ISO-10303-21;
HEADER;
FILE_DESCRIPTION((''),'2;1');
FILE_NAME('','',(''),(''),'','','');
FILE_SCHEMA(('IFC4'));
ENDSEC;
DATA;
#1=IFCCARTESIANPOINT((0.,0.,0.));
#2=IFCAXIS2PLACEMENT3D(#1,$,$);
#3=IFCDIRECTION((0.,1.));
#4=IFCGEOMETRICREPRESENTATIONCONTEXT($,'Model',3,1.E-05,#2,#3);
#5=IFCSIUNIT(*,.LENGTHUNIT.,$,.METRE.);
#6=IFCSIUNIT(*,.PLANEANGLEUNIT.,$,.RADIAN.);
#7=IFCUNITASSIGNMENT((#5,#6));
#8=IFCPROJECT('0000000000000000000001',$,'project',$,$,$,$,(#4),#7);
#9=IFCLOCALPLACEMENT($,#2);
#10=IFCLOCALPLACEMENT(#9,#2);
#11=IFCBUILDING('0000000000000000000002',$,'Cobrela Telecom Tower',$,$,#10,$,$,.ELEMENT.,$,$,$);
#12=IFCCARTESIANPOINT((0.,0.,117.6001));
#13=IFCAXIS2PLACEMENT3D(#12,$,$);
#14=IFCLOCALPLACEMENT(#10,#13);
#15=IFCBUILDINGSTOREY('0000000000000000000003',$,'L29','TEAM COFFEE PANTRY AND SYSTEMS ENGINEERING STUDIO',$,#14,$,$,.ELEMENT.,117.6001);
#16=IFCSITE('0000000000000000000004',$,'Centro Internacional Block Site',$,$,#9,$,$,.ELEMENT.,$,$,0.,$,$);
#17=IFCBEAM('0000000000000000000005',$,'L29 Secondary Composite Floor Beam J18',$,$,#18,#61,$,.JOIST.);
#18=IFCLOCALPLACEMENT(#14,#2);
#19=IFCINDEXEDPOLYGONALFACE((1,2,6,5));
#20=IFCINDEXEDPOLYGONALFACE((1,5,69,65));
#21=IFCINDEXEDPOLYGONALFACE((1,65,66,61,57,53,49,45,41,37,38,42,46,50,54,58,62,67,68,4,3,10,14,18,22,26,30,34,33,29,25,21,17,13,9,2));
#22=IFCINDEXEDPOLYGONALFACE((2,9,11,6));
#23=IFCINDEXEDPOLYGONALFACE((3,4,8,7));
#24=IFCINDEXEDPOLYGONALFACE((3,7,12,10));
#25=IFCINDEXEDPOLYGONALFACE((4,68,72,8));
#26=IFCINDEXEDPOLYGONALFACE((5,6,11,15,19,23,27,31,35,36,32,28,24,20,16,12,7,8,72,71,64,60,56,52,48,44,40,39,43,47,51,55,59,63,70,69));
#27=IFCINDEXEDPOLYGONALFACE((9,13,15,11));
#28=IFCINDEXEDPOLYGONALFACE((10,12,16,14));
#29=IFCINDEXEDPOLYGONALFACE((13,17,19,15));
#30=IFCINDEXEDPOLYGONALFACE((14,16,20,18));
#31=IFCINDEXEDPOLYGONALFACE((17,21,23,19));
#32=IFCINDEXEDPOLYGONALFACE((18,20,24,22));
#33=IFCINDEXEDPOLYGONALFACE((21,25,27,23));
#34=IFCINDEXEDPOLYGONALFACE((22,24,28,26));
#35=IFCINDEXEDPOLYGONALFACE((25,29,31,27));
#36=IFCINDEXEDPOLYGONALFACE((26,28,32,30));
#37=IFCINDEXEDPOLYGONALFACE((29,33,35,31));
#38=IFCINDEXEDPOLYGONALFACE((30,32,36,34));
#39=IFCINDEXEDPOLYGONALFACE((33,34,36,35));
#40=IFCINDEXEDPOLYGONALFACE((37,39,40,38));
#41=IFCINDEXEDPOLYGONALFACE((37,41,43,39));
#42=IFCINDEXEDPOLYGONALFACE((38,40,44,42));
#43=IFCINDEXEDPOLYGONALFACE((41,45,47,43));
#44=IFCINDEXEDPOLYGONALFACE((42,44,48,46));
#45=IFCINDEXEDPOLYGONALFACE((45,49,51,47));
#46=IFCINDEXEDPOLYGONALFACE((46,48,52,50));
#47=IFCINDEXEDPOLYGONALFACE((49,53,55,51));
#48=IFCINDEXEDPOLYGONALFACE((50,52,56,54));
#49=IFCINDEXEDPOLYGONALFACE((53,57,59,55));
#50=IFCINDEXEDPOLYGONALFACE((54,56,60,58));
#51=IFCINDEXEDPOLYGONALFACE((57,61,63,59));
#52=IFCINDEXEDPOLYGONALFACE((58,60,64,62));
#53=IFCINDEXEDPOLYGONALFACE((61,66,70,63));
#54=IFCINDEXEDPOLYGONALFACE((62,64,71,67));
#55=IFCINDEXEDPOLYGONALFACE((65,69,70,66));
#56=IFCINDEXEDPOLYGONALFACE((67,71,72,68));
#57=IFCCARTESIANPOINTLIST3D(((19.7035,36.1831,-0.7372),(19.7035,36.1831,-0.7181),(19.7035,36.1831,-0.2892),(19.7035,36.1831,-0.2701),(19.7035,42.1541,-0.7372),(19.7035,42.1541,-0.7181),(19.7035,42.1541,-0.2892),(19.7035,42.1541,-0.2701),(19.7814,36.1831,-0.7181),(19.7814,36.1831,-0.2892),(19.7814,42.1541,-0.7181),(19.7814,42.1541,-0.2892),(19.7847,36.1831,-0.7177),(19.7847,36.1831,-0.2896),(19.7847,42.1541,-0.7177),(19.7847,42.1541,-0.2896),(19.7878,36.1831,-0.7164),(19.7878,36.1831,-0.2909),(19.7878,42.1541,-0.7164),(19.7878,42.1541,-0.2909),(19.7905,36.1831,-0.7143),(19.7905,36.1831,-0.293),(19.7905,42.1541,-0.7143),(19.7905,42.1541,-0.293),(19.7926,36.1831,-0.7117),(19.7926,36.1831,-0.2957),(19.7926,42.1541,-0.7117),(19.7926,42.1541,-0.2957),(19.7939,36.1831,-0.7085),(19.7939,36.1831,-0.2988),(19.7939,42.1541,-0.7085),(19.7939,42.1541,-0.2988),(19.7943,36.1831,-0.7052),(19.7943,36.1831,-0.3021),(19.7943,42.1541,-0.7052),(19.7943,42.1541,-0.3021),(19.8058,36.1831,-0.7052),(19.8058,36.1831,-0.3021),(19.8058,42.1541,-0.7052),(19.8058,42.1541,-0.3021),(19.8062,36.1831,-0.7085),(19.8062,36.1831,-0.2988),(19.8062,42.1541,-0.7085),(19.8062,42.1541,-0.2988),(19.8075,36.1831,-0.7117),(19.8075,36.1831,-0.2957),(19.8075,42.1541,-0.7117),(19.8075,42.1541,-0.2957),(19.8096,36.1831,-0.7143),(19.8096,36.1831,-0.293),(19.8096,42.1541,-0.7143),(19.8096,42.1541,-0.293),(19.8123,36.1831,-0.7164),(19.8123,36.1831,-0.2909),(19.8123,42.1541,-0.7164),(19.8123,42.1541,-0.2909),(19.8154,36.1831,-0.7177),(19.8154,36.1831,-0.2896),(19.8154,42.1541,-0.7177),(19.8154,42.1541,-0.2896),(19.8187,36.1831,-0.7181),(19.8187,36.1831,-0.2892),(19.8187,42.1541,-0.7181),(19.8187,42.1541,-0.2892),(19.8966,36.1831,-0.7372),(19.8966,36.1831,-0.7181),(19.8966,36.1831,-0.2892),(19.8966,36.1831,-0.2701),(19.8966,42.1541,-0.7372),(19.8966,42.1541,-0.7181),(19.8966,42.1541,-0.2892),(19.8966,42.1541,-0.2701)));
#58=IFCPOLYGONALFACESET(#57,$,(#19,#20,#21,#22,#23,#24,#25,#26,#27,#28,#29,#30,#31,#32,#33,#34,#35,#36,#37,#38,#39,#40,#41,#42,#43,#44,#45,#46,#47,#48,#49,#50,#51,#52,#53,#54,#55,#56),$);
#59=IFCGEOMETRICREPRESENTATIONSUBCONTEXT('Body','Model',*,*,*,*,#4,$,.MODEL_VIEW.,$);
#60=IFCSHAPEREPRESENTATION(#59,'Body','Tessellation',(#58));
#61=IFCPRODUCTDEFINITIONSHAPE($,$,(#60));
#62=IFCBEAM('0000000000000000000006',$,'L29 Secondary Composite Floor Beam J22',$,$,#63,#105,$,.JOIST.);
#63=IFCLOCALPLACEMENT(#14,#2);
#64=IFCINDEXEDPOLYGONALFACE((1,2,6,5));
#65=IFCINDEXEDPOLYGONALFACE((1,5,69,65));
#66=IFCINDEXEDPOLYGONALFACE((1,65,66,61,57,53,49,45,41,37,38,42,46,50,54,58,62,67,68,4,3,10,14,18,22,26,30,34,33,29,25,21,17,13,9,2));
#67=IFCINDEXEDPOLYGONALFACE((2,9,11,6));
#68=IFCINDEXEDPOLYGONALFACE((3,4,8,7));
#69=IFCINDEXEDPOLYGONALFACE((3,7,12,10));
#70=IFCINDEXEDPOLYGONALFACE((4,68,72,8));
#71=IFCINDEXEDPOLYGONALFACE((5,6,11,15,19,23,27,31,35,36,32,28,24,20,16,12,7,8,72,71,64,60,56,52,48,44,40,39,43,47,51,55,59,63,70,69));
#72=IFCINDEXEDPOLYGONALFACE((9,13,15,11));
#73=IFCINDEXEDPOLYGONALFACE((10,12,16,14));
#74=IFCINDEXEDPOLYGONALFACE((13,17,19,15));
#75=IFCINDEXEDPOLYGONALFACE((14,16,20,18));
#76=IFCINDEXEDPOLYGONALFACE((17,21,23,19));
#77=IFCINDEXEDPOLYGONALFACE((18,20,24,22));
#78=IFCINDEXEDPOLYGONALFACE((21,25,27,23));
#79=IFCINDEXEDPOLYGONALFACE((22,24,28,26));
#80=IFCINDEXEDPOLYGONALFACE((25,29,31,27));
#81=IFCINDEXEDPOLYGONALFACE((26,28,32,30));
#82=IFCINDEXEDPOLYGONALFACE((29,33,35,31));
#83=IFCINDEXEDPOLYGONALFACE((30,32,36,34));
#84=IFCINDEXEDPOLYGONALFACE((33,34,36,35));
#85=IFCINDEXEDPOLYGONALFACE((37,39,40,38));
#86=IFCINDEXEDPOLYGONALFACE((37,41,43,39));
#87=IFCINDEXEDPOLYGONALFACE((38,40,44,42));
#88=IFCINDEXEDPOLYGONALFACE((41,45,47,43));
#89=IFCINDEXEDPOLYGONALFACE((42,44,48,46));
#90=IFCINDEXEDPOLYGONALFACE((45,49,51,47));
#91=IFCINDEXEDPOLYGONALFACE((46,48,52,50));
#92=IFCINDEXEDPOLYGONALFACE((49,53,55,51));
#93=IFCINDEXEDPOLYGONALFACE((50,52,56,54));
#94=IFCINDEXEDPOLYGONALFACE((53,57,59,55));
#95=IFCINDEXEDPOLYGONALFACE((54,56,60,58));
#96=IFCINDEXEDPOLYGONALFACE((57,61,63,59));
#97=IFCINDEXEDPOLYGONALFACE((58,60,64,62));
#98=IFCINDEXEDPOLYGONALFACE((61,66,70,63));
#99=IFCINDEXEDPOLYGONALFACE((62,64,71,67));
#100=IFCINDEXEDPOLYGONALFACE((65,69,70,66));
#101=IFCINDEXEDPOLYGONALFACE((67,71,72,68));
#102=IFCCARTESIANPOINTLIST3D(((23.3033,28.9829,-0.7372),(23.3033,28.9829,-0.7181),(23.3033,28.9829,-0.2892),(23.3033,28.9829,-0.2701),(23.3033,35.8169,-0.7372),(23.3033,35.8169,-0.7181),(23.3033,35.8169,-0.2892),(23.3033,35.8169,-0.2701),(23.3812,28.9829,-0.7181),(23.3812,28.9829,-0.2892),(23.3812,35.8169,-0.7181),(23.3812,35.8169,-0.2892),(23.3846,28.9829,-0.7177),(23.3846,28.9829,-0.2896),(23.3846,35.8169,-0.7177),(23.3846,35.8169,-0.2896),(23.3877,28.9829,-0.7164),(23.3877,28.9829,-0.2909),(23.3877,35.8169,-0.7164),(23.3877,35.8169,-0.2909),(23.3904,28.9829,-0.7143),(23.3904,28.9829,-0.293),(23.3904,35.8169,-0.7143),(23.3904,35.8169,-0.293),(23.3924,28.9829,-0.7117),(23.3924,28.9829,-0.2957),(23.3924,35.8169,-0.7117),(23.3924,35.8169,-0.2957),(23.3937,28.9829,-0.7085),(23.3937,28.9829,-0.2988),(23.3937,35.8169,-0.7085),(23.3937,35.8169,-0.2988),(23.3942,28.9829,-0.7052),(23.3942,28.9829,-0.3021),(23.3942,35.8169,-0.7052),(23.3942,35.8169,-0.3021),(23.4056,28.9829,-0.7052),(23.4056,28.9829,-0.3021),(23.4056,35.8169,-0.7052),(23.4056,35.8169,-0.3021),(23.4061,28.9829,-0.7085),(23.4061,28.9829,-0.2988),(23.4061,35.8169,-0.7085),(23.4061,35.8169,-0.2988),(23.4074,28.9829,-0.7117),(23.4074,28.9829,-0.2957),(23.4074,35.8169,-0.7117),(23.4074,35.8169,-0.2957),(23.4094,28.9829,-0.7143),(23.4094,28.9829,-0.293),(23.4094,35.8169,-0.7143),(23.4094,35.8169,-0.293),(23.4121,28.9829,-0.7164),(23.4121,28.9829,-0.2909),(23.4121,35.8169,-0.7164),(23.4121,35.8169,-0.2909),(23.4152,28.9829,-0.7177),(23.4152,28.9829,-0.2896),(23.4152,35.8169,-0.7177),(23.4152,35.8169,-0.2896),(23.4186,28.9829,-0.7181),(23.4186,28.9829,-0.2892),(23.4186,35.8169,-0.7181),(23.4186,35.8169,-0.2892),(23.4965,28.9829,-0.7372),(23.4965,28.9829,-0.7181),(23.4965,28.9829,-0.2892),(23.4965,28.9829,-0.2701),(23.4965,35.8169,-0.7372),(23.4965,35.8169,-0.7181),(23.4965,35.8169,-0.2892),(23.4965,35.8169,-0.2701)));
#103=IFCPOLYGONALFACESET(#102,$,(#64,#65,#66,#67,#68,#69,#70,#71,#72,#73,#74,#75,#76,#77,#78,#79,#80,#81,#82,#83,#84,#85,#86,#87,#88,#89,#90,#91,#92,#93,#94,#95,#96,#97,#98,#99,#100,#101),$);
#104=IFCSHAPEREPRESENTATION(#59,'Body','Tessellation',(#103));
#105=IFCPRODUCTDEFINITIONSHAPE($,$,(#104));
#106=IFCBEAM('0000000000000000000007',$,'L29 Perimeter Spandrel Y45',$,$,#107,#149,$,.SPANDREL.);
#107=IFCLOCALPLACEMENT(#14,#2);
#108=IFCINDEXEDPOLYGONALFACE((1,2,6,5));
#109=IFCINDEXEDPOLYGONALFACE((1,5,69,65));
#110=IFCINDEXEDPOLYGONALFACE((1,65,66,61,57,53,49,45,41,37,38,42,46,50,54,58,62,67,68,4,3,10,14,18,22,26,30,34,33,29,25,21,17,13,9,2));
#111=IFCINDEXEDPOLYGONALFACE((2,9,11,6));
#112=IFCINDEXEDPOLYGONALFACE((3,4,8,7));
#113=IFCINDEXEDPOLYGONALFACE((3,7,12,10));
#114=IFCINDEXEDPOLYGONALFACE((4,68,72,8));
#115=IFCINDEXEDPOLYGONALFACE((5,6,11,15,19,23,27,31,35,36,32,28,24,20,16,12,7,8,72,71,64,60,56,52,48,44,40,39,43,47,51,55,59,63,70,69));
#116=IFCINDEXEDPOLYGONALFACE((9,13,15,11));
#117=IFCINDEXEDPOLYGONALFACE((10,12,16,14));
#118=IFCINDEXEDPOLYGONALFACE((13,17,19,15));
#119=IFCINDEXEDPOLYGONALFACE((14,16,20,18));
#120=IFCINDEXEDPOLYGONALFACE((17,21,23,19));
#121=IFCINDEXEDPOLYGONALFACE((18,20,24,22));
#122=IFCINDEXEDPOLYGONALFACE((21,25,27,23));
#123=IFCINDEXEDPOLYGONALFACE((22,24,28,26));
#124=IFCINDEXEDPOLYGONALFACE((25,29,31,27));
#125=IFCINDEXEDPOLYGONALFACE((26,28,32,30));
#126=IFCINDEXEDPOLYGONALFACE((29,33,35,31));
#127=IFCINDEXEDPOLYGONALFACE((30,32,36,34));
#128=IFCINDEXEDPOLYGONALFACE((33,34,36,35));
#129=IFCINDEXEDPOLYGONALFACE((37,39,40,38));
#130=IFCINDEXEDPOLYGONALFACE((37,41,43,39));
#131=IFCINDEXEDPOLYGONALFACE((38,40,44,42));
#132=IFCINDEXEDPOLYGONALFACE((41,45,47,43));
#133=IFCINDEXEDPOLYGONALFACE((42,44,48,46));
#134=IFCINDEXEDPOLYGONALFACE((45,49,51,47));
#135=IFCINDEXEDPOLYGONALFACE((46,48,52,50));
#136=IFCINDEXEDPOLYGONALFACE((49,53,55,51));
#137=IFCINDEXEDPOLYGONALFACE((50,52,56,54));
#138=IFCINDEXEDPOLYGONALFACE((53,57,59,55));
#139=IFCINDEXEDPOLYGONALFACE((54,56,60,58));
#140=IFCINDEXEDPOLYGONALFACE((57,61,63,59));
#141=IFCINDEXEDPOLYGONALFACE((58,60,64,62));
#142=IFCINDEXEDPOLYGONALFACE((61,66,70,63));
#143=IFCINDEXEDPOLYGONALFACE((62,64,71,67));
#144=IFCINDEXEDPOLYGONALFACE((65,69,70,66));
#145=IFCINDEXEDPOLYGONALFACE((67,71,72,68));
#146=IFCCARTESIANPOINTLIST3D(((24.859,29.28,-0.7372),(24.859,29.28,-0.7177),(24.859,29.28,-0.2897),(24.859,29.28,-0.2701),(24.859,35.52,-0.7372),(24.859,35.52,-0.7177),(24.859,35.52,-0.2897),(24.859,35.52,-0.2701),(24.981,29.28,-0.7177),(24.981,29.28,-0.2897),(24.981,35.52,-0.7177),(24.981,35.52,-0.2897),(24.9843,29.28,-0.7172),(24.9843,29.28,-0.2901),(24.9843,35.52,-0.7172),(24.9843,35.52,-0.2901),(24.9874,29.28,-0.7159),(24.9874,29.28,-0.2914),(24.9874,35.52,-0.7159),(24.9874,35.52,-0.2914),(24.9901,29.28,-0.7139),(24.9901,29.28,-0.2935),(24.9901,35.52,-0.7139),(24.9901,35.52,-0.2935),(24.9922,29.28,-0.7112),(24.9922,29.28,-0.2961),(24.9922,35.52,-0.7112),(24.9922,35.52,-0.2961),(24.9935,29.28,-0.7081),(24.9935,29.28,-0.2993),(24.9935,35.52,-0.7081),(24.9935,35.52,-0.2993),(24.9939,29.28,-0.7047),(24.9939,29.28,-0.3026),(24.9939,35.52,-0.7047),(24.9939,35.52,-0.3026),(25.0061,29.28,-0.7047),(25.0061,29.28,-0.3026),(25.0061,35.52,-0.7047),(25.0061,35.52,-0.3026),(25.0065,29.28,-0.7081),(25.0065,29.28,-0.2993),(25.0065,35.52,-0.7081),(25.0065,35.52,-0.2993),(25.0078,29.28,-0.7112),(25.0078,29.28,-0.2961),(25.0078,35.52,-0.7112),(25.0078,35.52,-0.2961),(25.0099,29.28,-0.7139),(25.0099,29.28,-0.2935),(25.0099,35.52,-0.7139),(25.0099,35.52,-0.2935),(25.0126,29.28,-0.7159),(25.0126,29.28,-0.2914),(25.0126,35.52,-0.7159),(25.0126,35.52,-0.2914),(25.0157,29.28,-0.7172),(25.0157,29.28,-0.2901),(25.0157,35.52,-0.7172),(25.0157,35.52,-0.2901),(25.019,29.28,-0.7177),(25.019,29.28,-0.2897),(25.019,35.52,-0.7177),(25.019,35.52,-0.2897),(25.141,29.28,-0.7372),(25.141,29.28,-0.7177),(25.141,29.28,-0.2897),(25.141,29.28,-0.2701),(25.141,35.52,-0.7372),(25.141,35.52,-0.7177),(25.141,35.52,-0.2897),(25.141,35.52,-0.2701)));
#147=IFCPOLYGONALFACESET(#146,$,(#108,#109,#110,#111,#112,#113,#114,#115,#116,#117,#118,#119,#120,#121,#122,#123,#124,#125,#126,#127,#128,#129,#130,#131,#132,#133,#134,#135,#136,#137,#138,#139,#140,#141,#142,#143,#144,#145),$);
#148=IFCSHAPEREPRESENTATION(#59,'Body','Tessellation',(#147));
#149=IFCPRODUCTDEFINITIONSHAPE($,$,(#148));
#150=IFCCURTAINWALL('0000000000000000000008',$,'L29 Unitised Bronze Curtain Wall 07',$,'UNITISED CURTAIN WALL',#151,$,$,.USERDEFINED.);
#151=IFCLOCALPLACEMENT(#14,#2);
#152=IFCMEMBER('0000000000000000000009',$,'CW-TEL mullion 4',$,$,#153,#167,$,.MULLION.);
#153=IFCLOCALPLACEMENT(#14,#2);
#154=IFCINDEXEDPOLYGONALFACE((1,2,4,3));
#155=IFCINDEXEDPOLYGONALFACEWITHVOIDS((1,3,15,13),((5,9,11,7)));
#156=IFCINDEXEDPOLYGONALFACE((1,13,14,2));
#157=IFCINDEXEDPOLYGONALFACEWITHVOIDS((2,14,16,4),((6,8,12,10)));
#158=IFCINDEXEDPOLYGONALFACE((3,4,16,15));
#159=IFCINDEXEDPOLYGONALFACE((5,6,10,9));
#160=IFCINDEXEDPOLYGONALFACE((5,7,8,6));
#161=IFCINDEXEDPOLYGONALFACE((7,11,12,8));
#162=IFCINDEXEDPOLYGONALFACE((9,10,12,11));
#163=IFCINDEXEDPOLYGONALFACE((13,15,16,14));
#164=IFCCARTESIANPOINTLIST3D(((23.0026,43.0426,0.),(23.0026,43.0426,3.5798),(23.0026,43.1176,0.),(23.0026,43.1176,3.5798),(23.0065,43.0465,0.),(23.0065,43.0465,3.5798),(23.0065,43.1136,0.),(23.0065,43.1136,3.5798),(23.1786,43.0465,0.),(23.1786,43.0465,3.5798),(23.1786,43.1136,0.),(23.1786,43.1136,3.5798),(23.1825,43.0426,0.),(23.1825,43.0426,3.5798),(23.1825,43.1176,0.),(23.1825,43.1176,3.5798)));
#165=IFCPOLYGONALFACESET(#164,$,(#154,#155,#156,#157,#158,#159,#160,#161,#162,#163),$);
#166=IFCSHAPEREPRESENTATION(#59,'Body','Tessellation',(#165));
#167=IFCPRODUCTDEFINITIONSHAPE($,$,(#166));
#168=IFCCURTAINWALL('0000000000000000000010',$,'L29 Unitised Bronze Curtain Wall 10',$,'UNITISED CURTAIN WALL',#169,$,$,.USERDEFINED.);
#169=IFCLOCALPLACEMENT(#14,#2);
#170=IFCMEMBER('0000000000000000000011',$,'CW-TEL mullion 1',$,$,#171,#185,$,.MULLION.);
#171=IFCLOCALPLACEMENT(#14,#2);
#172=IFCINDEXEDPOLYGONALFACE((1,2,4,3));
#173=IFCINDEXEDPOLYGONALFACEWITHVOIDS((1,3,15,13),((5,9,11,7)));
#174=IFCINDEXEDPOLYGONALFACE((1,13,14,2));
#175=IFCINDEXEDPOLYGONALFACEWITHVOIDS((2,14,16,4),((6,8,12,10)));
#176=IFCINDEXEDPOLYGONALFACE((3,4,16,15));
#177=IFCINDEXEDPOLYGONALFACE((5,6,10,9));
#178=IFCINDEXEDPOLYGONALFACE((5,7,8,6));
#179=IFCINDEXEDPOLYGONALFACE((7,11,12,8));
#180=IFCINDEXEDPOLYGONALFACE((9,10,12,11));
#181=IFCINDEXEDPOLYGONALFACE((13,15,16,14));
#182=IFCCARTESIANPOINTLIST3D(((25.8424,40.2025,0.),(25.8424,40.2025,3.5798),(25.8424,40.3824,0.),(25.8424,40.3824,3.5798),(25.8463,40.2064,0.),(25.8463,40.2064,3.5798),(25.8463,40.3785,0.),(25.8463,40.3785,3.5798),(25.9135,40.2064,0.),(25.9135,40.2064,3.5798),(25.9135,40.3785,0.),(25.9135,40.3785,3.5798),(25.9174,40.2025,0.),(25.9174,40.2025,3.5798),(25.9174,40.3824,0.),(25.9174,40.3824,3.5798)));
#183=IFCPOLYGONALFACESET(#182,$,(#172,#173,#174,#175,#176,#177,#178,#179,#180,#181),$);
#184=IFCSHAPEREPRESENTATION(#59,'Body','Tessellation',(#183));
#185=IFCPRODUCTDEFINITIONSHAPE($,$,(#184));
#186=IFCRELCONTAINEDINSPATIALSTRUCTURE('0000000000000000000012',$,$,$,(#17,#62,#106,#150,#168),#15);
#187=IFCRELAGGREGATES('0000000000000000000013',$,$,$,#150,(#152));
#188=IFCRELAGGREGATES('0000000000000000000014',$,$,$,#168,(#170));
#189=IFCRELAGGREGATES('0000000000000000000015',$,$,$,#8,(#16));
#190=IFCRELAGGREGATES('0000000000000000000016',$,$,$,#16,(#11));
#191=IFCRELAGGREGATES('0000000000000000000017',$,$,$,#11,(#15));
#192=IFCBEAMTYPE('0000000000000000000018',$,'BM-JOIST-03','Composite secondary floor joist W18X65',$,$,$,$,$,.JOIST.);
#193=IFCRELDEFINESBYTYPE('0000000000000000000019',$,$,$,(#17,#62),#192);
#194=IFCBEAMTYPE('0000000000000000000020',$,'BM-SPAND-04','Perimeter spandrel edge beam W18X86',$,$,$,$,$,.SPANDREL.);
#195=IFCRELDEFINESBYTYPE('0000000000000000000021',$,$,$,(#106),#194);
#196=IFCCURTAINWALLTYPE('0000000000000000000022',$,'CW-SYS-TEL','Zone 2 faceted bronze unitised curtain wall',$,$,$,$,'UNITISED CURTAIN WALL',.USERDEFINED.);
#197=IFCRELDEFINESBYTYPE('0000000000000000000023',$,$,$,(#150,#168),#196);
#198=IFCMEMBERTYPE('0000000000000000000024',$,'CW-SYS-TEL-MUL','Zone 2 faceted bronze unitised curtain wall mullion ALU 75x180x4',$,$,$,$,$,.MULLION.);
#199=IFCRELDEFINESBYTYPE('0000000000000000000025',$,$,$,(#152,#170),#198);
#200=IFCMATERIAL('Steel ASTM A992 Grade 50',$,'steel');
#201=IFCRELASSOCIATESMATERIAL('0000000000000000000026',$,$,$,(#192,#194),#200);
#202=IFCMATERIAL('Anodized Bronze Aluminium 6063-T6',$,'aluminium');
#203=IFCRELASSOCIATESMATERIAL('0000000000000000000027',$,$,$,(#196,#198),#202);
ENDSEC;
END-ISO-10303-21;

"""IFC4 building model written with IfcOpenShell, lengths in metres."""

from ifc_helpers import new_model, si_unit, direction, frame, origin, origin_2d, place, context, subcontext, project, spatial, hollow_rectangle, i_section, extrude, material, material_profile, profile_set, type_object, element, aggregate, save


model = new_model("IFC4")

# Units and contexts
model_context = context("Model", 3, precision=1e-05, world=origin(), true_north=direction((0.0, 1.0)))
body_context = subcontext(model_context, "Body", "Model", "MODEL_VIEW")
ifc_project = project(units=[si_unit("LENGTHUNIT", "METRE"), si_unit("PLANEANGLEUNIT", "RADIAN")], contexts=[model_context])

# Site, building, storey
site_placement = place(None, origin())
site = spatial("IfcSite", under=ifc_project, at=site_placement, Name="Centro Internacional Block Site", CompositionType="ELEMENT", RefElevation=0.0)
building_placement = place(site_placement, origin())
building = spatial("IfcBuilding", under=site, at=building_placement, Name="Cobrela Telecom Tower", CompositionType="ELEMENT")
storey_placement = place(building_placement, frame((0.0, 0.0, 117.6001)))
storey = spatial("IfcBuildingStorey", under=building, at=storey_placement, Name="L29", Description="TEAM COFFEE PANTRY AND SYSTEMS ENGINEERING STUDIO", CompositionType="ELEMENT", Elevation=117.6001)

# Shared definitions
ifc_material_1 = material(Name="Steel ASTM A992 Grade 50", Category="steel")

# Beams
ifc_material_profile_1 = material_profile(ifc_material_1, i_section(OverallWidth=0.1931, OverallDepth=0.467, WebThickness=0.0115, FlangeThickness=0.019, FilletRadius=0.0129, at=origin_2d()), Name="W18X65")
ifc_profile_set_1 = profile_set([ifc_material_profile_1], Name="Steel ASTM A992 Grade 50")
beam_type_1 = type_object("IfcBeamType", Name="BM-JOIST-03", Description="Composite secondary floor joist W18X65", PredefinedType="JOIST", material=ifc_profile_set_1)
beam_1_placement = place(storey_placement, frame((19.8, 36.1831, -0.5037), z_axis=(0.0, 1.0, 0.0), x_axis=(-1.0, 0.0, 0.0)))
element("IfcBeam", 1, at=beam_1_placement, inside=storey, type_object=beam_type_1, Name="L29 Secondary Composite Floor Beam J18", PredefinedType="JOIST", context=body_context, shape_type="SweptSolid", body=[
    extrude(i_section(OverallWidth=0.1931, OverallDepth=0.467, WebThickness=0.0115, FlangeThickness=0.019, FilletRadius=0.0129, at=origin_2d()), origin(), (0.0, 0.0, 1.0), 5.9709),
])
beam_2_placement = place(storey_placement, frame((23.3999, 28.9829, -0.5037), z_axis=(0.0, 1.0, 0.0), x_axis=(-1.0, 0.0, 0.0)))
element("IfcBeam", 2, at=beam_2_placement, inside=storey, type_object=beam_type_1, Name="L29 Secondary Composite Floor Beam J22", PredefinedType="JOIST", context=body_context, shape_type="SweptSolid", body=[
    extrude(i_section(OverallWidth=0.1931, OverallDepth=0.467, WebThickness=0.0115, FlangeThickness=0.019, FilletRadius=0.0129, at=origin_2d()), origin(), (0.0, 0.0, 1.0), 6.834),
])
ifc_material_profile_2 = material_profile(ifc_material_1, i_section(OverallWidth=0.282, OverallDepth=0.467, WebThickness=0.0122, FlangeThickness=0.0195, FilletRadius=0.0129, at=origin_2d()), Name="W18X86")
ifc_profile_set_2 = profile_set([ifc_material_profile_2], Name="Steel ASTM A992 Grade 50")
beam_type_2 = type_object("IfcBeamType", Name="BM-SPAND-04", Description="Perimeter spandrel edge beam W18X86", PredefinedType="SPANDREL", material=ifc_profile_set_2)
beam_3_placement = place(storey_placement, frame((25.0, 29.28, -0.5037), z_axis=(0.0, 1.0, 0.0), x_axis=(-1.0, 0.0, 0.0)))
element("IfcBeam", 3, at=beam_3_placement, inside=storey, type_object=beam_type_2, Name="L29 Perimeter Spandrel Y45", PredefinedType="SPANDREL", context=body_context, shape_type="SweptSolid", body=[
    extrude(i_section(OverallWidth=0.282, OverallDepth=0.467, WebThickness=0.0122, FlangeThickness=0.0195, FilletRadius=0.0129, at=origin_2d()), origin(), (0.0, 0.0, 1.0), 6.24),
])

# Curtain wall, member
ifc_material_2 = material(Name="Anodized Bronze Aluminium 6063-T6", Category="aluminium")
curtain_wall_type = type_object("IfcCurtainWallType", Name="CW-SYS-TEL", Description="Zone 2 faceted bronze unitised curtain wall", ElementType="UNITISED CURTAIN WALL", PredefinedType="USERDEFINED", material=ifc_material_2)
curtain_wall_1_placement = place(storey_placement, origin())
curtain_wall_1 = element("IfcCurtainWall", 4, at=curtain_wall_1_placement, inside=storey, type_object=curtain_wall_type, Name="L29 Unitised Bronze Curtain Wall 07", ObjectType="UNITISED CURTAIN WALL", PredefinedType="USERDEFINED")
ifc_material_profile_3 = material_profile(ifc_material_2, hollow_rectangle(XDim=0.075, YDim=0.1799, WallThickness=0.0039, at=origin_2d()), Name="ALU 75x180x4")
ifc_profile_set_3 = profile_set([ifc_material_profile_3], Name="Anodized Bronze Aluminium 6063-T6")
member_type_1 = type_object("IfcMemberType", Name="CW-SYS-TEL-MUL", Description="Zone 2 faceted bronze unitised curtain wall mullion ALU 75x180x4", PredefinedType="MULLION", material=ifc_profile_set_3)
member_1_placement = place(storey_placement, frame((23.0925, 43.0801, 0.0), z_axis=(0.0, 0.0, 1.0), x_axis=(0.0, 1.0, 0.0)))
member_1 = element("IfcMember", 5, at=member_1_placement, type_object=member_type_1, Name="CW-TEL mullion 4", PredefinedType="MULLION", context=body_context, shape_type="SweptSolid", body=[
    extrude(hollow_rectangle(XDim=0.075, YDim=0.1799, WallThickness=0.0039, at=origin_2d()), origin(), (0.0, 0.0, 1.0), 3.5798),
])

# Curtain wall, member
curtain_wall_2_placement = place(storey_placement, origin())
curtain_wall_2 = element("IfcCurtainWall", 6, at=curtain_wall_2_placement, inside=storey, type_object=curtain_wall_type, Name="L29 Unitised Bronze Curtain Wall 10", ObjectType="UNITISED CURTAIN WALL", PredefinedType="USERDEFINED")
member_2_placement = place(storey_placement, frame((25.8799, 40.2925, 0.0), z_axis=(0.0, 0.0, 1.0), x_axis=(1.0, 0.0, 0.0)))
member_2 = element("IfcMember", 7, at=member_2_placement, type_object=member_type_1, Name="CW-TEL mullion 1", PredefinedType="MULLION", context=body_context, shape_type="SweptSolid", body=[
    extrude(hollow_rectangle(XDim=0.075, YDim=0.1799, WallThickness=0.0039, at=origin_2d()), origin(), (0.0, 0.0, 1.0), 3.5798),
])

aggregate(curtain_wall_1, [member_1])
aggregate(curtain_wall_2, [member_2])

save(model, "model.ifc")
